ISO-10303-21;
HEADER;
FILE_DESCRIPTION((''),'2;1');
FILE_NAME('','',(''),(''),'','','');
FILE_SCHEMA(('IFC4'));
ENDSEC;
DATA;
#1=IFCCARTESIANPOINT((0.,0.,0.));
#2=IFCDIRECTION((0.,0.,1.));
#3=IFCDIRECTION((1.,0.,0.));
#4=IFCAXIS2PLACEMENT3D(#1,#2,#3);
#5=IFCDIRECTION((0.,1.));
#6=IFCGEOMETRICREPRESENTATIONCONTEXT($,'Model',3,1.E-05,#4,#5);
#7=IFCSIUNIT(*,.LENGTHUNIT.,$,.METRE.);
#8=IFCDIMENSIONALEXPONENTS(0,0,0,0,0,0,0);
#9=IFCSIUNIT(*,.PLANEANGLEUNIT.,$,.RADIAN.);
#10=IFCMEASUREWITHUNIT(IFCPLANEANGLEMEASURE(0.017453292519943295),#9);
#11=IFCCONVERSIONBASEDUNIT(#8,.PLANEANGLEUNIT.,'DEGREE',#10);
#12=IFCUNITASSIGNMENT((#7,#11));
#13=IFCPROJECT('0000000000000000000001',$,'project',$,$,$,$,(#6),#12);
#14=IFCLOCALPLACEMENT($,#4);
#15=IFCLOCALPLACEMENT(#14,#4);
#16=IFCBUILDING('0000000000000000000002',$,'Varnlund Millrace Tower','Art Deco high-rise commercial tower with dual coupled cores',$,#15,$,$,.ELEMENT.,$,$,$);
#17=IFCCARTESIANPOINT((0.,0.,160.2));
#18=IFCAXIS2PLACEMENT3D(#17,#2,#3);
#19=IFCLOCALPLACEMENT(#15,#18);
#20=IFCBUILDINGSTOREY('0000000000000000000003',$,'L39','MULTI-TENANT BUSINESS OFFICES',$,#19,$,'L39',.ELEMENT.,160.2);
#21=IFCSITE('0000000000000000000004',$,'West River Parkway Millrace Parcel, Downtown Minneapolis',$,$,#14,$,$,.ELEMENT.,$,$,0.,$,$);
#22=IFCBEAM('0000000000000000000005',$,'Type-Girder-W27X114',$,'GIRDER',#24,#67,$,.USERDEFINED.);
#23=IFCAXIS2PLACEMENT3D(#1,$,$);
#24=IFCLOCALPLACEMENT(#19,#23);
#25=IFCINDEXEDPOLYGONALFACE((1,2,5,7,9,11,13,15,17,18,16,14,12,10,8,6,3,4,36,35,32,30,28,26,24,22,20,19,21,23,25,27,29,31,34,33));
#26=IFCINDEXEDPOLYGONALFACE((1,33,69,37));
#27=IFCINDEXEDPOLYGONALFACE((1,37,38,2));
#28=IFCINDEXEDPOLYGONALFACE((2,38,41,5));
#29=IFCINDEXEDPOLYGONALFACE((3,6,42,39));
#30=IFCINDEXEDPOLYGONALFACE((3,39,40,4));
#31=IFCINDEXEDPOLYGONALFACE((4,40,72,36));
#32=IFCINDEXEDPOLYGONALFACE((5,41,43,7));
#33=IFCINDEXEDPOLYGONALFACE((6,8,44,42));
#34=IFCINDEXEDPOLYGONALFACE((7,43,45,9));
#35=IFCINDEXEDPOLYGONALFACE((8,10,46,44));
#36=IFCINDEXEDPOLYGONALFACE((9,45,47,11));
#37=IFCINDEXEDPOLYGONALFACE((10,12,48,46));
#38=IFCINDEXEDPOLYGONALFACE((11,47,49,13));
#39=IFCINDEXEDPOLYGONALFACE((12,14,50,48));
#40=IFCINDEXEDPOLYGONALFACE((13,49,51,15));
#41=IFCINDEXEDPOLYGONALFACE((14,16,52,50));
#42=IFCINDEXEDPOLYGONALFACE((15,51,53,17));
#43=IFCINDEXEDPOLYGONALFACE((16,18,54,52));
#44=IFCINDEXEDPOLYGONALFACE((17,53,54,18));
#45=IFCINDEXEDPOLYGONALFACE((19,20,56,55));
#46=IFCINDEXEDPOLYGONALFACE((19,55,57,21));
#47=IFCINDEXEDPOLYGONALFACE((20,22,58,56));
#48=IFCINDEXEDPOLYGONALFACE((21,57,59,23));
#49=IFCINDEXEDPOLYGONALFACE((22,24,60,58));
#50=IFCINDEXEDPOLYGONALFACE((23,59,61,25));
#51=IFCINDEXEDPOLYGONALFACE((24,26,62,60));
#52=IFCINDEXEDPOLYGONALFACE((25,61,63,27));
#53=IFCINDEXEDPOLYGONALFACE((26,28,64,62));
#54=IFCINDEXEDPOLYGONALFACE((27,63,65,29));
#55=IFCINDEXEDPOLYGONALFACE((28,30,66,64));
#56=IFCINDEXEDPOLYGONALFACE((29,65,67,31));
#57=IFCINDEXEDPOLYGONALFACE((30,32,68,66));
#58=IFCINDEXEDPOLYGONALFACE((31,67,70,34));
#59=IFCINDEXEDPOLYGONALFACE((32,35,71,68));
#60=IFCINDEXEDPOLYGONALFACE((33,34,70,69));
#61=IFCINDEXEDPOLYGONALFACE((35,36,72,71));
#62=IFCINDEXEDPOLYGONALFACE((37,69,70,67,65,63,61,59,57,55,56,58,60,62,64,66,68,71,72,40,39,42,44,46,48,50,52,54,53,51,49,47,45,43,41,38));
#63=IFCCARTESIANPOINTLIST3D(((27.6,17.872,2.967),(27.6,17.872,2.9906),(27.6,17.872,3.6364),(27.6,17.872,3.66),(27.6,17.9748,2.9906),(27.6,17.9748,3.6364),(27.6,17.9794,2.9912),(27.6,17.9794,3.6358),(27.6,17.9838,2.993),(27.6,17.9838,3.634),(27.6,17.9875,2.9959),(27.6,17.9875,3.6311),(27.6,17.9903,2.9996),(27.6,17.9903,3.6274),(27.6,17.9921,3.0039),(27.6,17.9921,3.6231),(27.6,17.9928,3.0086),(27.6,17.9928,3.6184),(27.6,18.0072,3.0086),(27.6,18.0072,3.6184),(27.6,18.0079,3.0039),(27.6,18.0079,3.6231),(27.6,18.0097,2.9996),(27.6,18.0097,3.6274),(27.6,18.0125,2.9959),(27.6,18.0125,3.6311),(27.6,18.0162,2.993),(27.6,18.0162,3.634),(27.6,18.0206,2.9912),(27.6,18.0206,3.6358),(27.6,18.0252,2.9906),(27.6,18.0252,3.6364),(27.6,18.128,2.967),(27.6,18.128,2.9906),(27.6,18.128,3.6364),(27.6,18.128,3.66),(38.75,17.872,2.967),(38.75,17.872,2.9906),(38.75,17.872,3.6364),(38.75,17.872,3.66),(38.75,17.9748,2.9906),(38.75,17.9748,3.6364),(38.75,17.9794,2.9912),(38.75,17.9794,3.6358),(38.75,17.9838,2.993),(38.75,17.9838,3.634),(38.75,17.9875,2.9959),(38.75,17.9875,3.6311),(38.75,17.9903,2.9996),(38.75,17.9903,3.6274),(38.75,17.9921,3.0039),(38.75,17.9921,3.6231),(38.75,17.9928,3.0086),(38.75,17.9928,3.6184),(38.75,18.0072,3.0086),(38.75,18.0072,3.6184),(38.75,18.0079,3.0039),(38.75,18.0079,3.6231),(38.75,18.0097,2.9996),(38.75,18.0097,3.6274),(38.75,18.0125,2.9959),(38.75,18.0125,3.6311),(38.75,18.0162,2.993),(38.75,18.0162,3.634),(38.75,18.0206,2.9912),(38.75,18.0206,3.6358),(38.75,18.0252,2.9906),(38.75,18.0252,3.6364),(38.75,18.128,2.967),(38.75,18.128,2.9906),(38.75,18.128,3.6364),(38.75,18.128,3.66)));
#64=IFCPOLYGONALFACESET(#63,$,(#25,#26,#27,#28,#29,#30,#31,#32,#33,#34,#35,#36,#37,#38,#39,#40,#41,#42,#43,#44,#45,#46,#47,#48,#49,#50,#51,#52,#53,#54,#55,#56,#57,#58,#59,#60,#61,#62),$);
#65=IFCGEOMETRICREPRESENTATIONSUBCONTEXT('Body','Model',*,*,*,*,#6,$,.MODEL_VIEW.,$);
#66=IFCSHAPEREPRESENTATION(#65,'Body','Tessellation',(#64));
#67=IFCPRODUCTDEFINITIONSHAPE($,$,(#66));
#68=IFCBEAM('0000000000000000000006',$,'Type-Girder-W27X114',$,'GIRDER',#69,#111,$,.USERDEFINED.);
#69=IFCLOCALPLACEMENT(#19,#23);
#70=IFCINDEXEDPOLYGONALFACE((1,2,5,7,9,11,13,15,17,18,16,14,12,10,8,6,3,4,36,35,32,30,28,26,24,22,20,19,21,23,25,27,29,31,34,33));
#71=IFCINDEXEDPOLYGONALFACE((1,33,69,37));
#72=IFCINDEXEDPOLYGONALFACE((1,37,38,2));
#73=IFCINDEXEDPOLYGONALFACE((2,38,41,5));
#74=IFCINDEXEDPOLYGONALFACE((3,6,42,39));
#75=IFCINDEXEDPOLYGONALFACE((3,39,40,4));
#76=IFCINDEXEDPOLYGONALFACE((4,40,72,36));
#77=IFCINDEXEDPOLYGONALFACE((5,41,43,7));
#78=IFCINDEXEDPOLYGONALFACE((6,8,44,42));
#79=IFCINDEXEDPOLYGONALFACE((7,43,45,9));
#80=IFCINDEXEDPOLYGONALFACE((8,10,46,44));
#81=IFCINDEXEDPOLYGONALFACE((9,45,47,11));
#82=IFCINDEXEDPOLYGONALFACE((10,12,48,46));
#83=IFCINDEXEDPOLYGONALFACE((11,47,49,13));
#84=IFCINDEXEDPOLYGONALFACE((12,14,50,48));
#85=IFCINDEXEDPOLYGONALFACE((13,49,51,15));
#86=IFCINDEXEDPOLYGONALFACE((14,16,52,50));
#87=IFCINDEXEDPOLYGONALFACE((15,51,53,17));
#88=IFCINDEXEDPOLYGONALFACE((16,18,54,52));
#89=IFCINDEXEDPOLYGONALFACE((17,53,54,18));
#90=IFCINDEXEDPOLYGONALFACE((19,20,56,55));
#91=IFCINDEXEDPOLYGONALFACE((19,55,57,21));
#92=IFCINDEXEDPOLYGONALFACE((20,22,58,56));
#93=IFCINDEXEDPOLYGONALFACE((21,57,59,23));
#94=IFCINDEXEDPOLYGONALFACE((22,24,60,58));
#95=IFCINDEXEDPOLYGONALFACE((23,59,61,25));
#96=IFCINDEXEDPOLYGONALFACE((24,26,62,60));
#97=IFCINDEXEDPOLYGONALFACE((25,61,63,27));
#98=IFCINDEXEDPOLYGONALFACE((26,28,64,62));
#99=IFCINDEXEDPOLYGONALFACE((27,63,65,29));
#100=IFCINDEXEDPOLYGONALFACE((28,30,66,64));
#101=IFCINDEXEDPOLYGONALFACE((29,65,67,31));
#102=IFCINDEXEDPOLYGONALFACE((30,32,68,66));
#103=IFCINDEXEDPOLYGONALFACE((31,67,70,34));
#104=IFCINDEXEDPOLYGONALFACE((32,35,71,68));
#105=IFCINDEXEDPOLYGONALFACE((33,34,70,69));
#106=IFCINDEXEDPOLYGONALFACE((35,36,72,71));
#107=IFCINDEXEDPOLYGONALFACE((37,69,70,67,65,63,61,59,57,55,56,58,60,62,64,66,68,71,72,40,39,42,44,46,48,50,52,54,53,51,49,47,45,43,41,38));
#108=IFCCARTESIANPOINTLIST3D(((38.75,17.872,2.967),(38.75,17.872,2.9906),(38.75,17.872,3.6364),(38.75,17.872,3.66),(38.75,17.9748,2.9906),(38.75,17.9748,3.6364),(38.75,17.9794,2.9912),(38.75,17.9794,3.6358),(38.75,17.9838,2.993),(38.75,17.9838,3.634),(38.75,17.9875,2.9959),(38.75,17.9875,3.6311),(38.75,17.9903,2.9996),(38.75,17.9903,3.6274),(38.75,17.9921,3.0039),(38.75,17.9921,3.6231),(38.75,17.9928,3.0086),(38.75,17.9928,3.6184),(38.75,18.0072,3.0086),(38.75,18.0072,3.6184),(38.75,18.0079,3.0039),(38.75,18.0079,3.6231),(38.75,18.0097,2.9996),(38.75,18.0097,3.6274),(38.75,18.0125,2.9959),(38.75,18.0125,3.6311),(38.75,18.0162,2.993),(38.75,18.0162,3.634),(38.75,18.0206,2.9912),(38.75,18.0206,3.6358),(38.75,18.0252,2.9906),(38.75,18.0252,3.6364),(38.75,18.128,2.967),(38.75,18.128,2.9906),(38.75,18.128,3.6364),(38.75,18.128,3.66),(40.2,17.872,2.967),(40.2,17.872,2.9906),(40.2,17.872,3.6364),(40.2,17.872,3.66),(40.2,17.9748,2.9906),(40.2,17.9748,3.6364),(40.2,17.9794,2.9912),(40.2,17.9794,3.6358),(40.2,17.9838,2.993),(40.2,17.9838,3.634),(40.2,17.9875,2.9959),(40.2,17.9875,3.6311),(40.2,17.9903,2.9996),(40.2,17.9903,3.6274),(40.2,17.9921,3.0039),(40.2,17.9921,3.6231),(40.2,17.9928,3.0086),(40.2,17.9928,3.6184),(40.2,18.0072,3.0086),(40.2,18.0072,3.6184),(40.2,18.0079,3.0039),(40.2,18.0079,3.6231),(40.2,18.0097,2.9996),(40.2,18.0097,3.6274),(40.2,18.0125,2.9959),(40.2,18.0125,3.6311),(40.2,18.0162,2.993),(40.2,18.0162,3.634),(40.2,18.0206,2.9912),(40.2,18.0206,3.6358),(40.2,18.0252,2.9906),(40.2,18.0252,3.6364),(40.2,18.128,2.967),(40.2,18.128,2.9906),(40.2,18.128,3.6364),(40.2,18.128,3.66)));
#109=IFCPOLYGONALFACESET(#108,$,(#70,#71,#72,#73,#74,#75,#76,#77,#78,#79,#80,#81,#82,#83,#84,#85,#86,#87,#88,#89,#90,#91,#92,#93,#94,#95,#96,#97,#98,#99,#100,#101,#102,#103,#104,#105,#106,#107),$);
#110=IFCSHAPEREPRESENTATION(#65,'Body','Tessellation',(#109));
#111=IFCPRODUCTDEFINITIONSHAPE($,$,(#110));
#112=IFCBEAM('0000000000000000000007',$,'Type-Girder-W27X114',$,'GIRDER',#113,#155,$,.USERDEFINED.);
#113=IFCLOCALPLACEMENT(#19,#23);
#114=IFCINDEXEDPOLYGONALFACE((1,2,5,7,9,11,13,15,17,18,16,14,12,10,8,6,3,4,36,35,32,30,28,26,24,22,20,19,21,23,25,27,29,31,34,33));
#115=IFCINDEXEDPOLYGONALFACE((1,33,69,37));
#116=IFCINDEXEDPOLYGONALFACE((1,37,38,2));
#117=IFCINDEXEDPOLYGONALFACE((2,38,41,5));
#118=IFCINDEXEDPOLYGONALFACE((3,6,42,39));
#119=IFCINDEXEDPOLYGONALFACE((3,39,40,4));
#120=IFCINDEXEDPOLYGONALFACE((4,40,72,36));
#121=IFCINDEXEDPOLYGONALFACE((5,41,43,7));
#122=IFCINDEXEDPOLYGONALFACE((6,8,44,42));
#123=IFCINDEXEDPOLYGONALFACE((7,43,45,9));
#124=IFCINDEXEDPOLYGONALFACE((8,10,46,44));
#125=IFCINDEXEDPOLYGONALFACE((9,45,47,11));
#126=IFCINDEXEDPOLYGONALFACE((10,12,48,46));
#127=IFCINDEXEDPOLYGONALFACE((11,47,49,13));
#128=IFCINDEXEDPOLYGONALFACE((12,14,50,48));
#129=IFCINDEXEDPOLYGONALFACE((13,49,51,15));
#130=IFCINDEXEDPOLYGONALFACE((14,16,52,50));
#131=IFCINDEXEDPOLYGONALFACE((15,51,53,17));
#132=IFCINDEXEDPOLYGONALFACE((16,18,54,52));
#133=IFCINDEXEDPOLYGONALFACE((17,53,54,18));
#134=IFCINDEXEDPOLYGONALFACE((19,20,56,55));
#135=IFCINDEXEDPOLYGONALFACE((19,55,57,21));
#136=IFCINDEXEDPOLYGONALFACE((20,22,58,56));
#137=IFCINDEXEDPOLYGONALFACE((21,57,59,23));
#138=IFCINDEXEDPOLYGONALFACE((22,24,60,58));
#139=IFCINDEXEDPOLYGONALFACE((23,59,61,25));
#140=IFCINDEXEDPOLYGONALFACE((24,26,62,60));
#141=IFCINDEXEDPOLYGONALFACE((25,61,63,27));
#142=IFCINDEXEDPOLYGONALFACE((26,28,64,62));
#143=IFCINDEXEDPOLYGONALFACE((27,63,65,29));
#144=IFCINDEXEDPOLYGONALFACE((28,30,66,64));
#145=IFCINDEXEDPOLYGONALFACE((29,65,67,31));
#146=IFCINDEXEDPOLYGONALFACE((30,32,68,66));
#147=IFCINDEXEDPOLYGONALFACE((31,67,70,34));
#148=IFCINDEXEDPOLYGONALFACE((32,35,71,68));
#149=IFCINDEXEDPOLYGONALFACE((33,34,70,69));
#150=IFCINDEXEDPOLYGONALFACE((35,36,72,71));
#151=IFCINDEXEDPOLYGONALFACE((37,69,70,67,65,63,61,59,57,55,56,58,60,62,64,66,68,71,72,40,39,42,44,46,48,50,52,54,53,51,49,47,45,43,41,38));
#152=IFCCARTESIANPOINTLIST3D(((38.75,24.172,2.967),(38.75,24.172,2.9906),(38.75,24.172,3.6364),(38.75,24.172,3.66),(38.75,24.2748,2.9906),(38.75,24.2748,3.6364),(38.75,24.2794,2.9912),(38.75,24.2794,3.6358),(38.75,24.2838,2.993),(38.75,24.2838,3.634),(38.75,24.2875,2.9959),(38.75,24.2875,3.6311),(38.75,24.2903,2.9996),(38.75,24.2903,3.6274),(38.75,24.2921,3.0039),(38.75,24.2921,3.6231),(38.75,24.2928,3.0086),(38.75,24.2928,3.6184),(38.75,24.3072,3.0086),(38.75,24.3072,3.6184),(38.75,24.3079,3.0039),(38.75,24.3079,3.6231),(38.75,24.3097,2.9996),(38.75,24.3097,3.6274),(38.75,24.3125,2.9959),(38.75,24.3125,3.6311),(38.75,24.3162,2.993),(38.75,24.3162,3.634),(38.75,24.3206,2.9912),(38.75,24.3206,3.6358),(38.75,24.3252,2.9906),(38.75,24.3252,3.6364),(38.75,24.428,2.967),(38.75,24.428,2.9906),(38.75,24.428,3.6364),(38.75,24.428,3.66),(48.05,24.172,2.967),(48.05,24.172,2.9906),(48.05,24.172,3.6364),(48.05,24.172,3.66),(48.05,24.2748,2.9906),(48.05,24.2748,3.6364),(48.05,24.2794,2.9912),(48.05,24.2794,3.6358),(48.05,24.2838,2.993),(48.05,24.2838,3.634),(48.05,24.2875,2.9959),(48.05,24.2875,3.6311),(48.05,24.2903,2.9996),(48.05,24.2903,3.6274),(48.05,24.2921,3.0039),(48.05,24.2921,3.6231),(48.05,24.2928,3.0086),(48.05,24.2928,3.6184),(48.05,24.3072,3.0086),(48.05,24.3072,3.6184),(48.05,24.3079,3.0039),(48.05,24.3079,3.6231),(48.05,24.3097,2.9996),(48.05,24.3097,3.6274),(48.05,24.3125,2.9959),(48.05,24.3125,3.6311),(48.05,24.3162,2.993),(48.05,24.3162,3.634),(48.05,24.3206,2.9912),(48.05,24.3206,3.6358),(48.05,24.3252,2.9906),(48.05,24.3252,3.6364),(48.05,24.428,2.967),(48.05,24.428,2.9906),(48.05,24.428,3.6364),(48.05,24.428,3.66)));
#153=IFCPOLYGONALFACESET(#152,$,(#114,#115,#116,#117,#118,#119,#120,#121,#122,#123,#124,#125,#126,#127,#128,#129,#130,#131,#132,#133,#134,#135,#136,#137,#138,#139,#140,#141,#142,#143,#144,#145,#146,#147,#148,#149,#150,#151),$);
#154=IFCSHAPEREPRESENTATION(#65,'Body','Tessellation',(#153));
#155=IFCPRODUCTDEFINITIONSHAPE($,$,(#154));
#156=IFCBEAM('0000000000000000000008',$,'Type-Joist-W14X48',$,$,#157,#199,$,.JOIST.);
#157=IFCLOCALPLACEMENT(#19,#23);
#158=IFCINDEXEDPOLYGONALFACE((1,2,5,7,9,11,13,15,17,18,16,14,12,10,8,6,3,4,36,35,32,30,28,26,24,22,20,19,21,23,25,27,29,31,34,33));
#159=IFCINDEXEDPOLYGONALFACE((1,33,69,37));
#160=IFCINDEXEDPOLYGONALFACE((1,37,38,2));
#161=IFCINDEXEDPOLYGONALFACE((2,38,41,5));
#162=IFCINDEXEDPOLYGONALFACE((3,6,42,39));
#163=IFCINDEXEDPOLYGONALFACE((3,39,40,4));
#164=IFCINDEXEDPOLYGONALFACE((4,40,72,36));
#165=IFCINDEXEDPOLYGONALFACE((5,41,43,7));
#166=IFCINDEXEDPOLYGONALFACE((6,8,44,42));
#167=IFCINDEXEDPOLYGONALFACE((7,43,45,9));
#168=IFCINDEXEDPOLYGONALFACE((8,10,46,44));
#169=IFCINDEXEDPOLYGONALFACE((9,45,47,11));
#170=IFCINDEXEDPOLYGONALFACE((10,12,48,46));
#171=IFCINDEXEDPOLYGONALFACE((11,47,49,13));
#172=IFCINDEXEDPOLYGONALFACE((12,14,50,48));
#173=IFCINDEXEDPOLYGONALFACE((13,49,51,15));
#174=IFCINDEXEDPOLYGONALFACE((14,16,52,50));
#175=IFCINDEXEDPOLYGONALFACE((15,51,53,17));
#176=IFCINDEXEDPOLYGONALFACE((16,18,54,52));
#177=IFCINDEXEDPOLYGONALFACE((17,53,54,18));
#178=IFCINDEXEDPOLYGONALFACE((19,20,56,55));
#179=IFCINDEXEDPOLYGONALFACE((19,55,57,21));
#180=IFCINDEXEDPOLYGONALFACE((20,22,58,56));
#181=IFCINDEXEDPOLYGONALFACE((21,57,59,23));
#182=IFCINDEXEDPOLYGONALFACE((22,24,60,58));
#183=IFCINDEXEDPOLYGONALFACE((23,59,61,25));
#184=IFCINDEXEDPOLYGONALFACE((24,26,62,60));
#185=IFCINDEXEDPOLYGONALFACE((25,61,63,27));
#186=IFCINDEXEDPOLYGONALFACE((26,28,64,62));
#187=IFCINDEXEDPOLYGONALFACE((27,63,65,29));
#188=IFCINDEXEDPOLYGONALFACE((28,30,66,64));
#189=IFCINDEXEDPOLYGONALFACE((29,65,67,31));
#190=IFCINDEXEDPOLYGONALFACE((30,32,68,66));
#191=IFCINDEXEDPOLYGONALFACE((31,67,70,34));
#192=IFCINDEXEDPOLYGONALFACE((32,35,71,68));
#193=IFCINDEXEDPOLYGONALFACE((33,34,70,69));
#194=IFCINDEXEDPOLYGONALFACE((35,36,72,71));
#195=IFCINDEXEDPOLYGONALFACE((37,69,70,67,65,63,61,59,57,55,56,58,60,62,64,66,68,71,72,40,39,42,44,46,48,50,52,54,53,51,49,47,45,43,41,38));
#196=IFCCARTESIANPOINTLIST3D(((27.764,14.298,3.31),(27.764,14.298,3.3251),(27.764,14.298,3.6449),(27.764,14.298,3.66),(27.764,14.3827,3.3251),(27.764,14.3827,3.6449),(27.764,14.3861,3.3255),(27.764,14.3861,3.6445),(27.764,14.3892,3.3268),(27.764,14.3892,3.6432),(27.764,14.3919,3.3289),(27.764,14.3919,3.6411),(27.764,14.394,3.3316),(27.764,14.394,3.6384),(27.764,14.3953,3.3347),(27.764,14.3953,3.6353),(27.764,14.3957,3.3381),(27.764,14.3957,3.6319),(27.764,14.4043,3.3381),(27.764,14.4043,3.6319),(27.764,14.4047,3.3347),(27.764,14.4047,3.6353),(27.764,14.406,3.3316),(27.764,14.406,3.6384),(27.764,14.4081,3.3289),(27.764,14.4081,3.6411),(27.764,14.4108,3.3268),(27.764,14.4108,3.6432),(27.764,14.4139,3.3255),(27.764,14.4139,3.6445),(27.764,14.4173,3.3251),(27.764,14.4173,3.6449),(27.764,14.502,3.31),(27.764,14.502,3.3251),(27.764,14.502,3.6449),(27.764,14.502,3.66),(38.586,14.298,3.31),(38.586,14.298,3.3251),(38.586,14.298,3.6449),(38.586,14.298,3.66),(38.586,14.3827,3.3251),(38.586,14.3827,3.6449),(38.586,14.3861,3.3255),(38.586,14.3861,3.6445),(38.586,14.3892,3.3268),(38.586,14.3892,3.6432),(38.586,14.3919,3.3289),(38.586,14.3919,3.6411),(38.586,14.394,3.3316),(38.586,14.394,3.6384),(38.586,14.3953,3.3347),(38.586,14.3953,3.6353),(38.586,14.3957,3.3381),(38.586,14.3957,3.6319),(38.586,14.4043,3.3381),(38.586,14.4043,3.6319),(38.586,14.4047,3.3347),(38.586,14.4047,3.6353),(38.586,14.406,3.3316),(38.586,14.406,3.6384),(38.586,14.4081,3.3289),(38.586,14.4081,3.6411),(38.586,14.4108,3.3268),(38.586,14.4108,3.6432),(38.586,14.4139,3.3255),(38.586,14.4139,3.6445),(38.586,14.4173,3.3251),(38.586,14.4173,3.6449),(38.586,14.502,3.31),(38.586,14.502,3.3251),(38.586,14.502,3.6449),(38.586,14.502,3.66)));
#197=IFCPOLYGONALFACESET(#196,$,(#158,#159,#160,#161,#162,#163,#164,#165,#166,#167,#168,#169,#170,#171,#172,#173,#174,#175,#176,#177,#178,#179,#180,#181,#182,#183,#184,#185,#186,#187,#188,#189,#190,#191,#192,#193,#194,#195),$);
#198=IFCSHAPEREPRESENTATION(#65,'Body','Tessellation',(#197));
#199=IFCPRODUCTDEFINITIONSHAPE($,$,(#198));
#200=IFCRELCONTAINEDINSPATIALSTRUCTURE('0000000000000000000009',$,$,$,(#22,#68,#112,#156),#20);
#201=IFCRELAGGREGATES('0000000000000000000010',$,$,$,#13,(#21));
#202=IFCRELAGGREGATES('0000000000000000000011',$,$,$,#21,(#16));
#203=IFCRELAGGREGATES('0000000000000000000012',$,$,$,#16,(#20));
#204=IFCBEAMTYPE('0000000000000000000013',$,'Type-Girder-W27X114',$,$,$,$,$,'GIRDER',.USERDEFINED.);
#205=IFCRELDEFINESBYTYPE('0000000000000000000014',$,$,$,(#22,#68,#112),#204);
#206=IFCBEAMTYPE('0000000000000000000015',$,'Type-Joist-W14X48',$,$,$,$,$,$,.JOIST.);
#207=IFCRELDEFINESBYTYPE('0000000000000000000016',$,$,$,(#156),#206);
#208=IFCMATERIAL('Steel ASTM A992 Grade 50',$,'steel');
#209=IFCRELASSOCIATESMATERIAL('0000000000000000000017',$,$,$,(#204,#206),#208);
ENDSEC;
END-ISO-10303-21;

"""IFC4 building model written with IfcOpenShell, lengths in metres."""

from ifc_helpers import new_model, entity, si_unit, converted_unit, direction, frame, origin_with_axes, origin_2d_with_axis, place, context, subcontext, project, spatial, i_section, extrude, material, material_profile, profile_set, type_object, element, save


model = new_model("IFC4")

# Units and contexts
model_context = context("Model", 3, precision=1e-05, world=origin_with_axes(), true_north=direction((0.0, 1.0)))
body_context = subcontext(model_context, "Body", "Model", "MODEL_VIEW")
ifc_project = project(units=[si_unit("LENGTHUNIT", "METRE"), converted_unit("PLANEANGLEUNIT", "DEGREE", entity("IfcPlaneAngleMeasure", 0.017453292519943295), si_unit("PLANEANGLEUNIT", "RADIAN"), dimensions=[0, 0, 0, 0, 0, 0, 0])], contexts=[model_context])

# Site, building, storey
site_placement = place(None, origin_with_axes())
site = spatial("IfcSite", under=ifc_project, at=site_placement, Name="West River Parkway Millrace Parcel, Downtown Minneapolis", CompositionType="ELEMENT", RefElevation=0.0)
building_placement = place(site_placement, origin_with_axes())
building = spatial("IfcBuilding", under=site, at=building_placement, Name="Varnlund Millrace Tower", Description="Art Deco high-rise commercial tower with dual coupled cores", CompositionType="ELEMENT")
storey_placement = place(building_placement, frame((0.0, 0.0, 160.2), z_axis=(0.0, 0.0, 1.0), x_axis=(1.0, 0.0, 0.0)))
storey = spatial("IfcBuildingStorey", under=building, at=storey_placement, Name="L39", Description="MULTI-TENANT BUSINESS OFFICES", LongName="L39", CompositionType="ELEMENT", Elevation=160.2)

# Beams
ifc_material_1 = material(Name="Steel ASTM A992 Grade 50", Category="steel")
ifc_material_profile_1 = material_profile(ifc_material_1, i_section(OverallWidth=0.256, OverallDepth=0.693, WebThickness=0.0145, FlangeThickness=0.0236, FilletRadius=0.018, at=origin_2d_with_axis()), Name="Steel ASTM A992 Grade 50")
ifc_profile_set_1 = profile_set([ifc_material_profile_1], Name="Steel ASTM A992 Grade 50")
beam_type_1 = type_object("IfcBeamType", Name="Type-Girder-W27X114", ElementType="GIRDER", PredefinedType="USERDEFINED", material=ifc_profile_set_1)
beam_1_placement = place(storey_placement, frame((27.6, 18.0, 3.3135), z_axis=(1.0, 0.0, 0.0), x_axis=(0.0, 1.0, 0.0)))
element("IfcBeam", 1, at=beam_1_placement, inside=storey, type_object=beam_type_1, Name="Type-Girder-W27X114", ObjectType="GIRDER", PredefinedType="USERDEFINED", context=body_context, shape_type="SweptSolid", body=[
    extrude(i_section(OverallWidth=0.256, OverallDepth=0.693, WebThickness=0.0145, FlangeThickness=0.0236, FilletRadius=0.018, at=origin_2d_with_axis()), origin_with_axes(), (0.0, 0.0, 1.0), 11.15),
])
beam_2_placement = place(storey_placement, frame((38.75, 18.0, 3.3135), z_axis=(1.0, 0.0, 0.0), x_axis=(0.0, 1.0, 0.0)))
element("IfcBeam", 2, at=beam_2_placement, inside=storey, type_object=beam_type_1, Name="Type-Girder-W27X114", ObjectType="GIRDER", PredefinedType="USERDEFINED", context=body_context, shape_type="SweptSolid", body=[
    extrude(i_section(OverallWidth=0.256, OverallDepth=0.693, WebThickness=0.0145, FlangeThickness=0.0236, FilletRadius=0.018, at=origin_2d_with_axis()), origin_with_axes(), (0.0, 0.0, 1.0), 1.45),
])
beam_3_placement = place(storey_placement, frame((38.75, 24.3, 3.3135), z_axis=(1.0, 0.0, 0.0), x_axis=(0.0, 1.0, 0.0)))
element("IfcBeam", 3, at=beam_3_placement, inside=storey, type_object=beam_type_1, Name="Type-Girder-W27X114", ObjectType="GIRDER", PredefinedType="USERDEFINED", context=body_context, shape_type="SweptSolid", body=[
    extrude(i_section(OverallWidth=0.256, OverallDepth=0.693, WebThickness=0.0145, FlangeThickness=0.0236, FilletRadius=0.018, at=origin_2d_with_axis()), origin_with_axes(), (0.0, 0.0, 1.0), 9.3),
])
ifc_material_profile_2 = material_profile(ifc_material_1, i_section(OverallWidth=0.204, OverallDepth=0.35, WebThickness=0.0086, FlangeThickness=0.0151, FilletRadius=0.013, at=origin_2d_with_axis()), Name="Steel ASTM A992 Grade 50")
ifc_profile_set_2 = profile_set([ifc_material_profile_2], Name="Steel ASTM A992 Grade 50")
beam_type_2 = type_object("IfcBeamType", Name="Type-Joist-W14X48", PredefinedType="JOIST", material=ifc_profile_set_2)
beam_4_placement = place(storey_placement, frame((27.764, 14.4, 3.485), z_axis=(1.0, 0.0, 0.0), x_axis=(0.0, 1.0, 0.0)))
element("IfcBeam", 4, at=beam_4_placement, inside=storey, type_object=beam_type_2, Name="Type-Joist-W14X48", PredefinedType="JOIST", context=body_context, shape_type="SweptSolid", body=[
    extrude(i_section(OverallWidth=0.204, OverallDepth=0.35, WebThickness=0.0086, FlangeThickness=0.0151, FilletRadius=0.013, at=origin_2d_with_axis()), origin_with_axes(), (0.0, 0.0, 1.0), 10.822),
])

save(model, "model.ifc")
